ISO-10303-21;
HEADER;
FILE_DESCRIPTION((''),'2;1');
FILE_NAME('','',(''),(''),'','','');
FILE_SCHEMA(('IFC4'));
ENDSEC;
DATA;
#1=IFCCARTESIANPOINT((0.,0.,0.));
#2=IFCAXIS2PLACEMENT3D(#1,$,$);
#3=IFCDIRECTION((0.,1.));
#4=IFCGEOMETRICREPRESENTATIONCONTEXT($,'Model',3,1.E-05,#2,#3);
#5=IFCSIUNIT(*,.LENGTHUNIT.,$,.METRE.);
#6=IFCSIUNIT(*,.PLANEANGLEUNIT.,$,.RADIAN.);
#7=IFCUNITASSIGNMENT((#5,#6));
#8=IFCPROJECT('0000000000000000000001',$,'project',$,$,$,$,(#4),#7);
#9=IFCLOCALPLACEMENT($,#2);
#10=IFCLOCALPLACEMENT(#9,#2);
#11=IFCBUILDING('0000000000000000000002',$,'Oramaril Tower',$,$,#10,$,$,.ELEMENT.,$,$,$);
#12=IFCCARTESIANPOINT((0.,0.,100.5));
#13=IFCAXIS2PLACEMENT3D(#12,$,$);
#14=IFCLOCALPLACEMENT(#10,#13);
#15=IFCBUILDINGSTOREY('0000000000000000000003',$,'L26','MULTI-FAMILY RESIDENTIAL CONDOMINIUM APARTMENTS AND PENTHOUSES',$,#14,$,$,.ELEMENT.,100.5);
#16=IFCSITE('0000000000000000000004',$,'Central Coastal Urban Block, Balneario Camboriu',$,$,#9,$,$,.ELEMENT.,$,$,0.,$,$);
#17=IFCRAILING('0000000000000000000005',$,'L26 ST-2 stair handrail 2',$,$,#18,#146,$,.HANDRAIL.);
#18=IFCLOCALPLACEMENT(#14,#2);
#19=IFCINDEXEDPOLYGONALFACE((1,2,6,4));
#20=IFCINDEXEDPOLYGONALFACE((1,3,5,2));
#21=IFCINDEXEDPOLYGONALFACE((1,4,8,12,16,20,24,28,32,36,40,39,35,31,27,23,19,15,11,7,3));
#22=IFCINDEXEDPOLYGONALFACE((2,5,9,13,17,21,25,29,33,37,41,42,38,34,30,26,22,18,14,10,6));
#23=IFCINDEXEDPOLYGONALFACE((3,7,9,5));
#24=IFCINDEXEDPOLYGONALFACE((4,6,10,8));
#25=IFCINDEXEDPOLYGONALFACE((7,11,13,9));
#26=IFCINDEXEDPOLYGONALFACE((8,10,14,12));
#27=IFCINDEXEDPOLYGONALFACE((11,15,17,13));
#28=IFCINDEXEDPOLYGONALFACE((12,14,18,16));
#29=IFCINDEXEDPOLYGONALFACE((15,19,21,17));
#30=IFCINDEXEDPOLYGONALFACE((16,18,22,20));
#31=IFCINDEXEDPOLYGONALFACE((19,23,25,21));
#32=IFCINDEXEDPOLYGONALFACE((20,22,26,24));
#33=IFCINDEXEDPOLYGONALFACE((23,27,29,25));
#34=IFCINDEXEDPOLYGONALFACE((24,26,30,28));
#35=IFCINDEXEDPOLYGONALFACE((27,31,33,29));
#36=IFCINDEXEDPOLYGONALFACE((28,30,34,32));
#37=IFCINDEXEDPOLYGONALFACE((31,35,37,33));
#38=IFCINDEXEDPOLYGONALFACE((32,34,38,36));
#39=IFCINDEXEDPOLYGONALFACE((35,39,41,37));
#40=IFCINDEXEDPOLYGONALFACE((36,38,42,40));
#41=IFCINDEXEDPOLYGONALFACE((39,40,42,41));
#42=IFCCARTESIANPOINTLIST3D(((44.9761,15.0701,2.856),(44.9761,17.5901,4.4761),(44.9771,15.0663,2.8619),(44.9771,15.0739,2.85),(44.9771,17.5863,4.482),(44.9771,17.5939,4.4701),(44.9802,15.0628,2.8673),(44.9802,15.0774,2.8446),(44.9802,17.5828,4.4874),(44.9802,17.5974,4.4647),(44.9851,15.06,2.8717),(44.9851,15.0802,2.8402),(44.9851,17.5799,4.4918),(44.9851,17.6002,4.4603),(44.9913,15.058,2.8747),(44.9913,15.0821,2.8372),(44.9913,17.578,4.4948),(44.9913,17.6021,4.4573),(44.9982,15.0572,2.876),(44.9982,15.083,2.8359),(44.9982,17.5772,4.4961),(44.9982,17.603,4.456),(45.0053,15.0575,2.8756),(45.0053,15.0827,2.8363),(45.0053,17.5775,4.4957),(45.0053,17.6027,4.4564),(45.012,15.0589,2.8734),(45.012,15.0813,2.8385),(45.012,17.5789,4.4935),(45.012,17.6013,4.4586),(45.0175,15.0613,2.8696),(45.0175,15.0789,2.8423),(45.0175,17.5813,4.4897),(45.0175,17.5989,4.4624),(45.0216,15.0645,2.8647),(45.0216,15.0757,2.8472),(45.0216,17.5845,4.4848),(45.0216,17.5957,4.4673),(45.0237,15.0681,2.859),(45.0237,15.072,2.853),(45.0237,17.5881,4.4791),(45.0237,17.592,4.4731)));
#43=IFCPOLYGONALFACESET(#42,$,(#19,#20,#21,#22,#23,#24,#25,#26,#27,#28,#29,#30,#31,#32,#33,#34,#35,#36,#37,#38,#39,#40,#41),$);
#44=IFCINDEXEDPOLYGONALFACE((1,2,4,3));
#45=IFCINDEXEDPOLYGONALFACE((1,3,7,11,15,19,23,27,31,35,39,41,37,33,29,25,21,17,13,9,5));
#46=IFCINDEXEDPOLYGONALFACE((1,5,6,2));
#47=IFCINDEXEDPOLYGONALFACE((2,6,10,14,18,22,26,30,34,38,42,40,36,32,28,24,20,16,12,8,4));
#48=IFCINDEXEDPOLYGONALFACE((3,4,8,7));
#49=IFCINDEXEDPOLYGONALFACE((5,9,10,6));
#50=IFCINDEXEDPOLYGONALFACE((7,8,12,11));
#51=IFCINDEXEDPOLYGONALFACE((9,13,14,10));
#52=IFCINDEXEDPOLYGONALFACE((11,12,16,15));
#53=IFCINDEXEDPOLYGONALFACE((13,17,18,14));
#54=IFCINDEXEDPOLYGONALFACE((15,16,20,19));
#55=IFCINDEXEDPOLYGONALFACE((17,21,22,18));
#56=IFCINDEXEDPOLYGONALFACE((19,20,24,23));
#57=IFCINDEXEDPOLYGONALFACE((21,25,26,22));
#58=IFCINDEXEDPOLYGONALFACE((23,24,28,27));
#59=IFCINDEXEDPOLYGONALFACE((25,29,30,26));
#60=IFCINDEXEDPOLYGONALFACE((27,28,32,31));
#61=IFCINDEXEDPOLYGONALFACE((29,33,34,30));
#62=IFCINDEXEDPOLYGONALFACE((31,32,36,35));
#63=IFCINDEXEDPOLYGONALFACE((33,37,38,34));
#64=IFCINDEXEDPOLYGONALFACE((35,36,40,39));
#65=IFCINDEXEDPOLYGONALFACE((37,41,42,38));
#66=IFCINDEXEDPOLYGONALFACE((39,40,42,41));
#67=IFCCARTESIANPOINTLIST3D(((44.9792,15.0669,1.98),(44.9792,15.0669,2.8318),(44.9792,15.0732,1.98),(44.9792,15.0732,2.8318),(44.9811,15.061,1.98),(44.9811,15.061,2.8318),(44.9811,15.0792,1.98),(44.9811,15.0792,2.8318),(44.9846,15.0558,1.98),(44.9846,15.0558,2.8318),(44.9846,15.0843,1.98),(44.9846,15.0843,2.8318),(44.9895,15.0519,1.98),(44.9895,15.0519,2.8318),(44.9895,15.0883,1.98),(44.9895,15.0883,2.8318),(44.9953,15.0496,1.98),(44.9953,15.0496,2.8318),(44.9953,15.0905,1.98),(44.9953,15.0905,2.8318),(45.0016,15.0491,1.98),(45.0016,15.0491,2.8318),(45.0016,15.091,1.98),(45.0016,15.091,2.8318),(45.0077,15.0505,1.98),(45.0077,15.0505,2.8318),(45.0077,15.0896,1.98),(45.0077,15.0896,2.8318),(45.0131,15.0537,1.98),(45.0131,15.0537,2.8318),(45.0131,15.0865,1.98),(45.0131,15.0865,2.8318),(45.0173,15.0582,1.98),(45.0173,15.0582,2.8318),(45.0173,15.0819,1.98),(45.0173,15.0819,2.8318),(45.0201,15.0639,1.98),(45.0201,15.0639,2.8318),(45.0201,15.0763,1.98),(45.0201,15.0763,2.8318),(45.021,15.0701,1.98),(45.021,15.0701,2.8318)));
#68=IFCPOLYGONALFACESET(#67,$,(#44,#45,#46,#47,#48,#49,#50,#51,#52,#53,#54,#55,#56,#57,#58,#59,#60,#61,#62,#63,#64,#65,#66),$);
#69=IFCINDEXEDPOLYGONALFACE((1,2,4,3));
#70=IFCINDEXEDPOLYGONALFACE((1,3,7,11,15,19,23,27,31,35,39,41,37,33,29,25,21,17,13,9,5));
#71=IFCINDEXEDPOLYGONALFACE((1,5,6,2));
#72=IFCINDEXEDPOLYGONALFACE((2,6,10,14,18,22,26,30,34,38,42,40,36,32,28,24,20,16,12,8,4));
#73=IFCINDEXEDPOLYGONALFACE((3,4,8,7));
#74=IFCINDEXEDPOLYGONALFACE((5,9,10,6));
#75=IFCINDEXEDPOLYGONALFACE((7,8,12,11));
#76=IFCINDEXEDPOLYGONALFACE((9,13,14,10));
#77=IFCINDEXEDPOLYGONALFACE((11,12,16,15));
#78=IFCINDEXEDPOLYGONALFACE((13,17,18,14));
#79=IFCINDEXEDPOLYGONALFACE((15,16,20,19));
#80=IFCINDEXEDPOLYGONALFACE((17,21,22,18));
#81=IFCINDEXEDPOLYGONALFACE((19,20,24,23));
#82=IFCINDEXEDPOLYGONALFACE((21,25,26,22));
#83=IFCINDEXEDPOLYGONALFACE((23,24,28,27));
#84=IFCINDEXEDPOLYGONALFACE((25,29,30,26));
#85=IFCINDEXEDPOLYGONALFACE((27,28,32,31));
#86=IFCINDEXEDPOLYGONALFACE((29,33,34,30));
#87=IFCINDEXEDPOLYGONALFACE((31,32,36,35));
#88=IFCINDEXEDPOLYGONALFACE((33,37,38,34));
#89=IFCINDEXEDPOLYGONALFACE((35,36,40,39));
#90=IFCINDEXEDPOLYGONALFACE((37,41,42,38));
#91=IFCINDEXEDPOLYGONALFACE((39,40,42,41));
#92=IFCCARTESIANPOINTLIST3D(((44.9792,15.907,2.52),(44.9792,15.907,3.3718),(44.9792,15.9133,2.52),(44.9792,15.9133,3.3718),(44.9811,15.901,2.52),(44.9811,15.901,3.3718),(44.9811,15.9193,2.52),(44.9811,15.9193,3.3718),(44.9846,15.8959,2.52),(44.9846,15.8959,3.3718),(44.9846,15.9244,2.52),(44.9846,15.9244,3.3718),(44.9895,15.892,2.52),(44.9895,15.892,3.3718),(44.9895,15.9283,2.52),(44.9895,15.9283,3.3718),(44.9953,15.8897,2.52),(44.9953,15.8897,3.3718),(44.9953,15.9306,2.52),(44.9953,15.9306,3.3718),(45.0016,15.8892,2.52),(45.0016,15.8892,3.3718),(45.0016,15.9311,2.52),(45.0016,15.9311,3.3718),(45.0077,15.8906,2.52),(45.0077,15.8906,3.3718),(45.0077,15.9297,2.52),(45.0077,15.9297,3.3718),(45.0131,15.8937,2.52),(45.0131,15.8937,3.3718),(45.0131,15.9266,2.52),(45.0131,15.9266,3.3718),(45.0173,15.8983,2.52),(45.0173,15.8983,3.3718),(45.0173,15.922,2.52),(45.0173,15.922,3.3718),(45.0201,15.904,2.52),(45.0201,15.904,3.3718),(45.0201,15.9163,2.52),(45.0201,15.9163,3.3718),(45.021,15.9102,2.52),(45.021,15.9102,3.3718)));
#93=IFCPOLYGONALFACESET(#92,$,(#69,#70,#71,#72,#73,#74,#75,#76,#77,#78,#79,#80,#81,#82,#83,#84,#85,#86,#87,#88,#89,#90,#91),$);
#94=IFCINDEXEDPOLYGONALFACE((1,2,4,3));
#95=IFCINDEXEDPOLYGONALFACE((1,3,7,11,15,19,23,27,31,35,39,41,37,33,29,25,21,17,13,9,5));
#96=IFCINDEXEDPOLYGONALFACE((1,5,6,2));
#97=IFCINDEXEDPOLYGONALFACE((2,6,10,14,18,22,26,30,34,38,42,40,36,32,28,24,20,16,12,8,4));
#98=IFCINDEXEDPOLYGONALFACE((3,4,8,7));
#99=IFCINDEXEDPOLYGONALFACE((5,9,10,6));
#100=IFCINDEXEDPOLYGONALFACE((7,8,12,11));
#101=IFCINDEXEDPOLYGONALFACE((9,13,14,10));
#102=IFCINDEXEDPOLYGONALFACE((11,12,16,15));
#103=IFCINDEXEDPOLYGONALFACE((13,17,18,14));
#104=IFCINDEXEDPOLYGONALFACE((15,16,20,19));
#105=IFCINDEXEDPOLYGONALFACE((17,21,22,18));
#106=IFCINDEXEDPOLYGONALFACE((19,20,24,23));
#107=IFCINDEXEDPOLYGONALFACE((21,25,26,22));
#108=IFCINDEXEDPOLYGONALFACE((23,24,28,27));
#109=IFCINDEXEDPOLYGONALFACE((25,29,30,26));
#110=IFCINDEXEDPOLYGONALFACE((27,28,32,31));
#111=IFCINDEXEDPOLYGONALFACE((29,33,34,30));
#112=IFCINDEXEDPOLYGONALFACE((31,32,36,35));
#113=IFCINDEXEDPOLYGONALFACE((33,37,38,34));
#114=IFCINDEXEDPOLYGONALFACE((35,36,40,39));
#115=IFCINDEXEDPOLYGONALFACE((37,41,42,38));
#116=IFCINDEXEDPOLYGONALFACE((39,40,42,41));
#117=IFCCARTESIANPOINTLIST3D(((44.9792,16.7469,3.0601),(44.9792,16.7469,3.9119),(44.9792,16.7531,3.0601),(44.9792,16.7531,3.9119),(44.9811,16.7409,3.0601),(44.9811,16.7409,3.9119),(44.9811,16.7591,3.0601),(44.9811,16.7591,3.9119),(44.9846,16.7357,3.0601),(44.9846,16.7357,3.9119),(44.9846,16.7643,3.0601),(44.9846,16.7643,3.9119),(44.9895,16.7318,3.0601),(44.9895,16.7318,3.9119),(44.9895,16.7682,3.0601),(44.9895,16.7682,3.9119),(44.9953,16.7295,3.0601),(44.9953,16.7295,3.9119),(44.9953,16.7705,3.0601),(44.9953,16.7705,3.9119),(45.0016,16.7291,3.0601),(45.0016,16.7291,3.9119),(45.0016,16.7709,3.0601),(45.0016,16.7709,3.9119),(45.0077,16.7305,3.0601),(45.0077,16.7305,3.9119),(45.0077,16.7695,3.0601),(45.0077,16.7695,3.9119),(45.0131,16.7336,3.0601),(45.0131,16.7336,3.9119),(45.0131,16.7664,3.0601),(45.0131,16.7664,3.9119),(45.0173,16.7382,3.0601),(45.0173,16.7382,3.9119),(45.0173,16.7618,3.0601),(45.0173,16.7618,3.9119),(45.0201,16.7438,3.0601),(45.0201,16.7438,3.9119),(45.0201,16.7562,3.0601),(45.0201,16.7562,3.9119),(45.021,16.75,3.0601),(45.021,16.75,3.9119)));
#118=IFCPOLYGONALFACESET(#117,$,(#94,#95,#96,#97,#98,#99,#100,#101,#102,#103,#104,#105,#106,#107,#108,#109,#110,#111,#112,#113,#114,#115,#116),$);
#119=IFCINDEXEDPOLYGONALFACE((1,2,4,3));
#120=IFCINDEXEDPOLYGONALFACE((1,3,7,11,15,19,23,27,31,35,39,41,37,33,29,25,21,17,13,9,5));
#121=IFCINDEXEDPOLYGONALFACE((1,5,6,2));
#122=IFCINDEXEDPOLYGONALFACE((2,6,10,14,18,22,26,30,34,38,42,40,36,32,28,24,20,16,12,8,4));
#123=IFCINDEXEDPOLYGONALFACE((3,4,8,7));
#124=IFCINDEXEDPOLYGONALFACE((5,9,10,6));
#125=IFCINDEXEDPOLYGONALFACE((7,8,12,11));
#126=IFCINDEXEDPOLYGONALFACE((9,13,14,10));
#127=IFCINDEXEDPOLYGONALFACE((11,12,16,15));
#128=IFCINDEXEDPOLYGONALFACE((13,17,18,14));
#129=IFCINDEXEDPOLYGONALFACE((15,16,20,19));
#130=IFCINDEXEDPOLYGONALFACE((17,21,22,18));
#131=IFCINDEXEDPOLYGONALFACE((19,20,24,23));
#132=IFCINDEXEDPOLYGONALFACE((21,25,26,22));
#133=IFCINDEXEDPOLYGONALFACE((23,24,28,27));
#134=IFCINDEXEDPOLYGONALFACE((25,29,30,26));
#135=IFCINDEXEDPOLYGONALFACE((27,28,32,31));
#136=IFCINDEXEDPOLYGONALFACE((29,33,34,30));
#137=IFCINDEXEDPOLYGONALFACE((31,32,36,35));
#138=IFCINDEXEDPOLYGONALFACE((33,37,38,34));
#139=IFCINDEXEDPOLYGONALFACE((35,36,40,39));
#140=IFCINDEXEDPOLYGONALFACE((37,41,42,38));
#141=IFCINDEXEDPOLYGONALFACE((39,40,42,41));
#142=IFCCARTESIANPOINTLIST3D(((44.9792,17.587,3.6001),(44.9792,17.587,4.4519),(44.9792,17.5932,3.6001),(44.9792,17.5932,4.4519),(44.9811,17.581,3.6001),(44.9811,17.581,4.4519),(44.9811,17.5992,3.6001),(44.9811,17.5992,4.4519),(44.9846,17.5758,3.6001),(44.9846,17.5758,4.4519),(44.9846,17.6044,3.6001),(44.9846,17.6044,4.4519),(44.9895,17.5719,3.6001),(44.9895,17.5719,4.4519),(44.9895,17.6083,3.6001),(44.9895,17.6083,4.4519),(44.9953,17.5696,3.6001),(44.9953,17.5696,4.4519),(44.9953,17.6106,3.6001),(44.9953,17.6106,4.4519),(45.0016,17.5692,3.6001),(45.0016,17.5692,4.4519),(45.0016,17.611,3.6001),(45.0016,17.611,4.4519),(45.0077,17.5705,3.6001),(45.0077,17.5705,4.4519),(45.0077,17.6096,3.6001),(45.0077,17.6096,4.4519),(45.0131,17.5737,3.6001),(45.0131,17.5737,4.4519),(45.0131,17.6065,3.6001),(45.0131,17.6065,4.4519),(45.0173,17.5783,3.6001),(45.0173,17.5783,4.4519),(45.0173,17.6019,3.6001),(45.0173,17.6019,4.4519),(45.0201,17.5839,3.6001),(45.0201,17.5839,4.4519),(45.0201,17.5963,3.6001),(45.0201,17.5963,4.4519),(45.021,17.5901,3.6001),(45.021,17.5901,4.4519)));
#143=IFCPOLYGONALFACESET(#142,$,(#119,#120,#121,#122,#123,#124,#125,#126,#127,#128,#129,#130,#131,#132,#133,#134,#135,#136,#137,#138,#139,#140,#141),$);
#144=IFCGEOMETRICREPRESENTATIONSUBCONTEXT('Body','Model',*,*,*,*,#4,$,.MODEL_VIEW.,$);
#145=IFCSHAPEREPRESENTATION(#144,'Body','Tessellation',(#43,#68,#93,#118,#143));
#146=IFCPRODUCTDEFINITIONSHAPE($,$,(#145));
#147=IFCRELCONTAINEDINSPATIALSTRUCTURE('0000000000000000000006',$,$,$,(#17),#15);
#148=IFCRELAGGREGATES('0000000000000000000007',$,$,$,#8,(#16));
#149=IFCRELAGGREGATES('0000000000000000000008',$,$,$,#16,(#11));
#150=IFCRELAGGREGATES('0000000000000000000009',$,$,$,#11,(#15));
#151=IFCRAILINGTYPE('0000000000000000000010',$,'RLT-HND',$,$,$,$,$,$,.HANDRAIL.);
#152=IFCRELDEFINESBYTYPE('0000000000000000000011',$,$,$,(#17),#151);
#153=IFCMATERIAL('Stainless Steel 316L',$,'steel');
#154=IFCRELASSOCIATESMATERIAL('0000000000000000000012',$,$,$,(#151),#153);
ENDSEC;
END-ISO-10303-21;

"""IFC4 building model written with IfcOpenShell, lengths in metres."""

from ifc_helpers import new_model, si_unit, direction, frame, origin, origin_2d, place, context, subcontext, project, spatial, circle, extrude, material, type_object, element, save


model = new_model("IFC4")

# Units and contexts
model_context = context("Model", 3, precision=1e-05, world=origin(), true_north=direction((0.0, 1.0)))
body_context = subcontext(model_context, "Body", "Model", "MODEL_VIEW")
ifc_project = project(units=[si_unit("LENGTHUNIT", "METRE"), si_unit("PLANEANGLEUNIT", "RADIAN")], contexts=[model_context])

# Site, building, storey
site_placement = place(None, origin())
site = spatial("IfcSite", under=ifc_project, at=site_placement, Name="Central Coastal Urban Block, Balneario Camboriu", CompositionType="ELEMENT", RefElevation=0.0)
building_placement = place(site_placement, origin())
building = spatial("IfcBuilding", under=site, at=building_placement, Name="Oramaril Tower", CompositionType="ELEMENT")
storey_placement = place(building_placement, frame((0.0, 0.0, 100.5)))
storey = spatial("IfcBuildingStorey", under=building, at=storey_placement, Name="L26", Description="MULTI-FAMILY RESIDENTIAL CONDOMINIUM APARTMENTS AND PENTHOUSES", CompositionType="ELEMENT", Elevation=100.5)

# Railing
ifc_material_1 = material(Name="Stainless Steel 316L", Category="steel")
railing_type_1 = type_object("IfcRailingType", Name="RLT-HND", PredefinedType="HANDRAIL", material=ifc_material_1)
for number, where, name in (
    (1, (45.0, 15.0701, 1.98), "L26 ST-2 stair handrail 2"),
):
    element("IfcRailing", number, at=place(storey_placement, frame(where)), inside=storey, type_object=railing_type_1, Name=name, PredefinedType="HANDRAIL", context=body_context, shape_type="SweptSolid", body=[
        extrude(circle(Radius=0.0239, at=origin_2d()), frame((0.0, 0.0, 0.876), z_axis=(0.0, 0.841163, 0.540782), x_axis=(-1.0, 0.0, 0.0)), (0.0, 0.0, 1.0), 2.9958),
        extrude(circle(Radius=0.021, at=origin_2d()), origin(), (0.0, 0.0, 1.0), 0.8518),
        extrude(circle(Radius=0.021, at=origin_2d()), frame((0.0, 0.8401, 0.54)), (0.0, 0.0, 1.0), 0.8518),
        extrude(circle(Radius=0.021, at=origin_2d()), frame((0.0, 1.6799, 1.0801)), (0.0, 0.0, 1.0), 0.8518),
        extrude(circle(Radius=0.021, at=origin_2d()), frame((0.0, 2.52, 1.6201)), (0.0, 0.0, 1.0), 0.8518),
    ])

save(model, "model.ifc")
